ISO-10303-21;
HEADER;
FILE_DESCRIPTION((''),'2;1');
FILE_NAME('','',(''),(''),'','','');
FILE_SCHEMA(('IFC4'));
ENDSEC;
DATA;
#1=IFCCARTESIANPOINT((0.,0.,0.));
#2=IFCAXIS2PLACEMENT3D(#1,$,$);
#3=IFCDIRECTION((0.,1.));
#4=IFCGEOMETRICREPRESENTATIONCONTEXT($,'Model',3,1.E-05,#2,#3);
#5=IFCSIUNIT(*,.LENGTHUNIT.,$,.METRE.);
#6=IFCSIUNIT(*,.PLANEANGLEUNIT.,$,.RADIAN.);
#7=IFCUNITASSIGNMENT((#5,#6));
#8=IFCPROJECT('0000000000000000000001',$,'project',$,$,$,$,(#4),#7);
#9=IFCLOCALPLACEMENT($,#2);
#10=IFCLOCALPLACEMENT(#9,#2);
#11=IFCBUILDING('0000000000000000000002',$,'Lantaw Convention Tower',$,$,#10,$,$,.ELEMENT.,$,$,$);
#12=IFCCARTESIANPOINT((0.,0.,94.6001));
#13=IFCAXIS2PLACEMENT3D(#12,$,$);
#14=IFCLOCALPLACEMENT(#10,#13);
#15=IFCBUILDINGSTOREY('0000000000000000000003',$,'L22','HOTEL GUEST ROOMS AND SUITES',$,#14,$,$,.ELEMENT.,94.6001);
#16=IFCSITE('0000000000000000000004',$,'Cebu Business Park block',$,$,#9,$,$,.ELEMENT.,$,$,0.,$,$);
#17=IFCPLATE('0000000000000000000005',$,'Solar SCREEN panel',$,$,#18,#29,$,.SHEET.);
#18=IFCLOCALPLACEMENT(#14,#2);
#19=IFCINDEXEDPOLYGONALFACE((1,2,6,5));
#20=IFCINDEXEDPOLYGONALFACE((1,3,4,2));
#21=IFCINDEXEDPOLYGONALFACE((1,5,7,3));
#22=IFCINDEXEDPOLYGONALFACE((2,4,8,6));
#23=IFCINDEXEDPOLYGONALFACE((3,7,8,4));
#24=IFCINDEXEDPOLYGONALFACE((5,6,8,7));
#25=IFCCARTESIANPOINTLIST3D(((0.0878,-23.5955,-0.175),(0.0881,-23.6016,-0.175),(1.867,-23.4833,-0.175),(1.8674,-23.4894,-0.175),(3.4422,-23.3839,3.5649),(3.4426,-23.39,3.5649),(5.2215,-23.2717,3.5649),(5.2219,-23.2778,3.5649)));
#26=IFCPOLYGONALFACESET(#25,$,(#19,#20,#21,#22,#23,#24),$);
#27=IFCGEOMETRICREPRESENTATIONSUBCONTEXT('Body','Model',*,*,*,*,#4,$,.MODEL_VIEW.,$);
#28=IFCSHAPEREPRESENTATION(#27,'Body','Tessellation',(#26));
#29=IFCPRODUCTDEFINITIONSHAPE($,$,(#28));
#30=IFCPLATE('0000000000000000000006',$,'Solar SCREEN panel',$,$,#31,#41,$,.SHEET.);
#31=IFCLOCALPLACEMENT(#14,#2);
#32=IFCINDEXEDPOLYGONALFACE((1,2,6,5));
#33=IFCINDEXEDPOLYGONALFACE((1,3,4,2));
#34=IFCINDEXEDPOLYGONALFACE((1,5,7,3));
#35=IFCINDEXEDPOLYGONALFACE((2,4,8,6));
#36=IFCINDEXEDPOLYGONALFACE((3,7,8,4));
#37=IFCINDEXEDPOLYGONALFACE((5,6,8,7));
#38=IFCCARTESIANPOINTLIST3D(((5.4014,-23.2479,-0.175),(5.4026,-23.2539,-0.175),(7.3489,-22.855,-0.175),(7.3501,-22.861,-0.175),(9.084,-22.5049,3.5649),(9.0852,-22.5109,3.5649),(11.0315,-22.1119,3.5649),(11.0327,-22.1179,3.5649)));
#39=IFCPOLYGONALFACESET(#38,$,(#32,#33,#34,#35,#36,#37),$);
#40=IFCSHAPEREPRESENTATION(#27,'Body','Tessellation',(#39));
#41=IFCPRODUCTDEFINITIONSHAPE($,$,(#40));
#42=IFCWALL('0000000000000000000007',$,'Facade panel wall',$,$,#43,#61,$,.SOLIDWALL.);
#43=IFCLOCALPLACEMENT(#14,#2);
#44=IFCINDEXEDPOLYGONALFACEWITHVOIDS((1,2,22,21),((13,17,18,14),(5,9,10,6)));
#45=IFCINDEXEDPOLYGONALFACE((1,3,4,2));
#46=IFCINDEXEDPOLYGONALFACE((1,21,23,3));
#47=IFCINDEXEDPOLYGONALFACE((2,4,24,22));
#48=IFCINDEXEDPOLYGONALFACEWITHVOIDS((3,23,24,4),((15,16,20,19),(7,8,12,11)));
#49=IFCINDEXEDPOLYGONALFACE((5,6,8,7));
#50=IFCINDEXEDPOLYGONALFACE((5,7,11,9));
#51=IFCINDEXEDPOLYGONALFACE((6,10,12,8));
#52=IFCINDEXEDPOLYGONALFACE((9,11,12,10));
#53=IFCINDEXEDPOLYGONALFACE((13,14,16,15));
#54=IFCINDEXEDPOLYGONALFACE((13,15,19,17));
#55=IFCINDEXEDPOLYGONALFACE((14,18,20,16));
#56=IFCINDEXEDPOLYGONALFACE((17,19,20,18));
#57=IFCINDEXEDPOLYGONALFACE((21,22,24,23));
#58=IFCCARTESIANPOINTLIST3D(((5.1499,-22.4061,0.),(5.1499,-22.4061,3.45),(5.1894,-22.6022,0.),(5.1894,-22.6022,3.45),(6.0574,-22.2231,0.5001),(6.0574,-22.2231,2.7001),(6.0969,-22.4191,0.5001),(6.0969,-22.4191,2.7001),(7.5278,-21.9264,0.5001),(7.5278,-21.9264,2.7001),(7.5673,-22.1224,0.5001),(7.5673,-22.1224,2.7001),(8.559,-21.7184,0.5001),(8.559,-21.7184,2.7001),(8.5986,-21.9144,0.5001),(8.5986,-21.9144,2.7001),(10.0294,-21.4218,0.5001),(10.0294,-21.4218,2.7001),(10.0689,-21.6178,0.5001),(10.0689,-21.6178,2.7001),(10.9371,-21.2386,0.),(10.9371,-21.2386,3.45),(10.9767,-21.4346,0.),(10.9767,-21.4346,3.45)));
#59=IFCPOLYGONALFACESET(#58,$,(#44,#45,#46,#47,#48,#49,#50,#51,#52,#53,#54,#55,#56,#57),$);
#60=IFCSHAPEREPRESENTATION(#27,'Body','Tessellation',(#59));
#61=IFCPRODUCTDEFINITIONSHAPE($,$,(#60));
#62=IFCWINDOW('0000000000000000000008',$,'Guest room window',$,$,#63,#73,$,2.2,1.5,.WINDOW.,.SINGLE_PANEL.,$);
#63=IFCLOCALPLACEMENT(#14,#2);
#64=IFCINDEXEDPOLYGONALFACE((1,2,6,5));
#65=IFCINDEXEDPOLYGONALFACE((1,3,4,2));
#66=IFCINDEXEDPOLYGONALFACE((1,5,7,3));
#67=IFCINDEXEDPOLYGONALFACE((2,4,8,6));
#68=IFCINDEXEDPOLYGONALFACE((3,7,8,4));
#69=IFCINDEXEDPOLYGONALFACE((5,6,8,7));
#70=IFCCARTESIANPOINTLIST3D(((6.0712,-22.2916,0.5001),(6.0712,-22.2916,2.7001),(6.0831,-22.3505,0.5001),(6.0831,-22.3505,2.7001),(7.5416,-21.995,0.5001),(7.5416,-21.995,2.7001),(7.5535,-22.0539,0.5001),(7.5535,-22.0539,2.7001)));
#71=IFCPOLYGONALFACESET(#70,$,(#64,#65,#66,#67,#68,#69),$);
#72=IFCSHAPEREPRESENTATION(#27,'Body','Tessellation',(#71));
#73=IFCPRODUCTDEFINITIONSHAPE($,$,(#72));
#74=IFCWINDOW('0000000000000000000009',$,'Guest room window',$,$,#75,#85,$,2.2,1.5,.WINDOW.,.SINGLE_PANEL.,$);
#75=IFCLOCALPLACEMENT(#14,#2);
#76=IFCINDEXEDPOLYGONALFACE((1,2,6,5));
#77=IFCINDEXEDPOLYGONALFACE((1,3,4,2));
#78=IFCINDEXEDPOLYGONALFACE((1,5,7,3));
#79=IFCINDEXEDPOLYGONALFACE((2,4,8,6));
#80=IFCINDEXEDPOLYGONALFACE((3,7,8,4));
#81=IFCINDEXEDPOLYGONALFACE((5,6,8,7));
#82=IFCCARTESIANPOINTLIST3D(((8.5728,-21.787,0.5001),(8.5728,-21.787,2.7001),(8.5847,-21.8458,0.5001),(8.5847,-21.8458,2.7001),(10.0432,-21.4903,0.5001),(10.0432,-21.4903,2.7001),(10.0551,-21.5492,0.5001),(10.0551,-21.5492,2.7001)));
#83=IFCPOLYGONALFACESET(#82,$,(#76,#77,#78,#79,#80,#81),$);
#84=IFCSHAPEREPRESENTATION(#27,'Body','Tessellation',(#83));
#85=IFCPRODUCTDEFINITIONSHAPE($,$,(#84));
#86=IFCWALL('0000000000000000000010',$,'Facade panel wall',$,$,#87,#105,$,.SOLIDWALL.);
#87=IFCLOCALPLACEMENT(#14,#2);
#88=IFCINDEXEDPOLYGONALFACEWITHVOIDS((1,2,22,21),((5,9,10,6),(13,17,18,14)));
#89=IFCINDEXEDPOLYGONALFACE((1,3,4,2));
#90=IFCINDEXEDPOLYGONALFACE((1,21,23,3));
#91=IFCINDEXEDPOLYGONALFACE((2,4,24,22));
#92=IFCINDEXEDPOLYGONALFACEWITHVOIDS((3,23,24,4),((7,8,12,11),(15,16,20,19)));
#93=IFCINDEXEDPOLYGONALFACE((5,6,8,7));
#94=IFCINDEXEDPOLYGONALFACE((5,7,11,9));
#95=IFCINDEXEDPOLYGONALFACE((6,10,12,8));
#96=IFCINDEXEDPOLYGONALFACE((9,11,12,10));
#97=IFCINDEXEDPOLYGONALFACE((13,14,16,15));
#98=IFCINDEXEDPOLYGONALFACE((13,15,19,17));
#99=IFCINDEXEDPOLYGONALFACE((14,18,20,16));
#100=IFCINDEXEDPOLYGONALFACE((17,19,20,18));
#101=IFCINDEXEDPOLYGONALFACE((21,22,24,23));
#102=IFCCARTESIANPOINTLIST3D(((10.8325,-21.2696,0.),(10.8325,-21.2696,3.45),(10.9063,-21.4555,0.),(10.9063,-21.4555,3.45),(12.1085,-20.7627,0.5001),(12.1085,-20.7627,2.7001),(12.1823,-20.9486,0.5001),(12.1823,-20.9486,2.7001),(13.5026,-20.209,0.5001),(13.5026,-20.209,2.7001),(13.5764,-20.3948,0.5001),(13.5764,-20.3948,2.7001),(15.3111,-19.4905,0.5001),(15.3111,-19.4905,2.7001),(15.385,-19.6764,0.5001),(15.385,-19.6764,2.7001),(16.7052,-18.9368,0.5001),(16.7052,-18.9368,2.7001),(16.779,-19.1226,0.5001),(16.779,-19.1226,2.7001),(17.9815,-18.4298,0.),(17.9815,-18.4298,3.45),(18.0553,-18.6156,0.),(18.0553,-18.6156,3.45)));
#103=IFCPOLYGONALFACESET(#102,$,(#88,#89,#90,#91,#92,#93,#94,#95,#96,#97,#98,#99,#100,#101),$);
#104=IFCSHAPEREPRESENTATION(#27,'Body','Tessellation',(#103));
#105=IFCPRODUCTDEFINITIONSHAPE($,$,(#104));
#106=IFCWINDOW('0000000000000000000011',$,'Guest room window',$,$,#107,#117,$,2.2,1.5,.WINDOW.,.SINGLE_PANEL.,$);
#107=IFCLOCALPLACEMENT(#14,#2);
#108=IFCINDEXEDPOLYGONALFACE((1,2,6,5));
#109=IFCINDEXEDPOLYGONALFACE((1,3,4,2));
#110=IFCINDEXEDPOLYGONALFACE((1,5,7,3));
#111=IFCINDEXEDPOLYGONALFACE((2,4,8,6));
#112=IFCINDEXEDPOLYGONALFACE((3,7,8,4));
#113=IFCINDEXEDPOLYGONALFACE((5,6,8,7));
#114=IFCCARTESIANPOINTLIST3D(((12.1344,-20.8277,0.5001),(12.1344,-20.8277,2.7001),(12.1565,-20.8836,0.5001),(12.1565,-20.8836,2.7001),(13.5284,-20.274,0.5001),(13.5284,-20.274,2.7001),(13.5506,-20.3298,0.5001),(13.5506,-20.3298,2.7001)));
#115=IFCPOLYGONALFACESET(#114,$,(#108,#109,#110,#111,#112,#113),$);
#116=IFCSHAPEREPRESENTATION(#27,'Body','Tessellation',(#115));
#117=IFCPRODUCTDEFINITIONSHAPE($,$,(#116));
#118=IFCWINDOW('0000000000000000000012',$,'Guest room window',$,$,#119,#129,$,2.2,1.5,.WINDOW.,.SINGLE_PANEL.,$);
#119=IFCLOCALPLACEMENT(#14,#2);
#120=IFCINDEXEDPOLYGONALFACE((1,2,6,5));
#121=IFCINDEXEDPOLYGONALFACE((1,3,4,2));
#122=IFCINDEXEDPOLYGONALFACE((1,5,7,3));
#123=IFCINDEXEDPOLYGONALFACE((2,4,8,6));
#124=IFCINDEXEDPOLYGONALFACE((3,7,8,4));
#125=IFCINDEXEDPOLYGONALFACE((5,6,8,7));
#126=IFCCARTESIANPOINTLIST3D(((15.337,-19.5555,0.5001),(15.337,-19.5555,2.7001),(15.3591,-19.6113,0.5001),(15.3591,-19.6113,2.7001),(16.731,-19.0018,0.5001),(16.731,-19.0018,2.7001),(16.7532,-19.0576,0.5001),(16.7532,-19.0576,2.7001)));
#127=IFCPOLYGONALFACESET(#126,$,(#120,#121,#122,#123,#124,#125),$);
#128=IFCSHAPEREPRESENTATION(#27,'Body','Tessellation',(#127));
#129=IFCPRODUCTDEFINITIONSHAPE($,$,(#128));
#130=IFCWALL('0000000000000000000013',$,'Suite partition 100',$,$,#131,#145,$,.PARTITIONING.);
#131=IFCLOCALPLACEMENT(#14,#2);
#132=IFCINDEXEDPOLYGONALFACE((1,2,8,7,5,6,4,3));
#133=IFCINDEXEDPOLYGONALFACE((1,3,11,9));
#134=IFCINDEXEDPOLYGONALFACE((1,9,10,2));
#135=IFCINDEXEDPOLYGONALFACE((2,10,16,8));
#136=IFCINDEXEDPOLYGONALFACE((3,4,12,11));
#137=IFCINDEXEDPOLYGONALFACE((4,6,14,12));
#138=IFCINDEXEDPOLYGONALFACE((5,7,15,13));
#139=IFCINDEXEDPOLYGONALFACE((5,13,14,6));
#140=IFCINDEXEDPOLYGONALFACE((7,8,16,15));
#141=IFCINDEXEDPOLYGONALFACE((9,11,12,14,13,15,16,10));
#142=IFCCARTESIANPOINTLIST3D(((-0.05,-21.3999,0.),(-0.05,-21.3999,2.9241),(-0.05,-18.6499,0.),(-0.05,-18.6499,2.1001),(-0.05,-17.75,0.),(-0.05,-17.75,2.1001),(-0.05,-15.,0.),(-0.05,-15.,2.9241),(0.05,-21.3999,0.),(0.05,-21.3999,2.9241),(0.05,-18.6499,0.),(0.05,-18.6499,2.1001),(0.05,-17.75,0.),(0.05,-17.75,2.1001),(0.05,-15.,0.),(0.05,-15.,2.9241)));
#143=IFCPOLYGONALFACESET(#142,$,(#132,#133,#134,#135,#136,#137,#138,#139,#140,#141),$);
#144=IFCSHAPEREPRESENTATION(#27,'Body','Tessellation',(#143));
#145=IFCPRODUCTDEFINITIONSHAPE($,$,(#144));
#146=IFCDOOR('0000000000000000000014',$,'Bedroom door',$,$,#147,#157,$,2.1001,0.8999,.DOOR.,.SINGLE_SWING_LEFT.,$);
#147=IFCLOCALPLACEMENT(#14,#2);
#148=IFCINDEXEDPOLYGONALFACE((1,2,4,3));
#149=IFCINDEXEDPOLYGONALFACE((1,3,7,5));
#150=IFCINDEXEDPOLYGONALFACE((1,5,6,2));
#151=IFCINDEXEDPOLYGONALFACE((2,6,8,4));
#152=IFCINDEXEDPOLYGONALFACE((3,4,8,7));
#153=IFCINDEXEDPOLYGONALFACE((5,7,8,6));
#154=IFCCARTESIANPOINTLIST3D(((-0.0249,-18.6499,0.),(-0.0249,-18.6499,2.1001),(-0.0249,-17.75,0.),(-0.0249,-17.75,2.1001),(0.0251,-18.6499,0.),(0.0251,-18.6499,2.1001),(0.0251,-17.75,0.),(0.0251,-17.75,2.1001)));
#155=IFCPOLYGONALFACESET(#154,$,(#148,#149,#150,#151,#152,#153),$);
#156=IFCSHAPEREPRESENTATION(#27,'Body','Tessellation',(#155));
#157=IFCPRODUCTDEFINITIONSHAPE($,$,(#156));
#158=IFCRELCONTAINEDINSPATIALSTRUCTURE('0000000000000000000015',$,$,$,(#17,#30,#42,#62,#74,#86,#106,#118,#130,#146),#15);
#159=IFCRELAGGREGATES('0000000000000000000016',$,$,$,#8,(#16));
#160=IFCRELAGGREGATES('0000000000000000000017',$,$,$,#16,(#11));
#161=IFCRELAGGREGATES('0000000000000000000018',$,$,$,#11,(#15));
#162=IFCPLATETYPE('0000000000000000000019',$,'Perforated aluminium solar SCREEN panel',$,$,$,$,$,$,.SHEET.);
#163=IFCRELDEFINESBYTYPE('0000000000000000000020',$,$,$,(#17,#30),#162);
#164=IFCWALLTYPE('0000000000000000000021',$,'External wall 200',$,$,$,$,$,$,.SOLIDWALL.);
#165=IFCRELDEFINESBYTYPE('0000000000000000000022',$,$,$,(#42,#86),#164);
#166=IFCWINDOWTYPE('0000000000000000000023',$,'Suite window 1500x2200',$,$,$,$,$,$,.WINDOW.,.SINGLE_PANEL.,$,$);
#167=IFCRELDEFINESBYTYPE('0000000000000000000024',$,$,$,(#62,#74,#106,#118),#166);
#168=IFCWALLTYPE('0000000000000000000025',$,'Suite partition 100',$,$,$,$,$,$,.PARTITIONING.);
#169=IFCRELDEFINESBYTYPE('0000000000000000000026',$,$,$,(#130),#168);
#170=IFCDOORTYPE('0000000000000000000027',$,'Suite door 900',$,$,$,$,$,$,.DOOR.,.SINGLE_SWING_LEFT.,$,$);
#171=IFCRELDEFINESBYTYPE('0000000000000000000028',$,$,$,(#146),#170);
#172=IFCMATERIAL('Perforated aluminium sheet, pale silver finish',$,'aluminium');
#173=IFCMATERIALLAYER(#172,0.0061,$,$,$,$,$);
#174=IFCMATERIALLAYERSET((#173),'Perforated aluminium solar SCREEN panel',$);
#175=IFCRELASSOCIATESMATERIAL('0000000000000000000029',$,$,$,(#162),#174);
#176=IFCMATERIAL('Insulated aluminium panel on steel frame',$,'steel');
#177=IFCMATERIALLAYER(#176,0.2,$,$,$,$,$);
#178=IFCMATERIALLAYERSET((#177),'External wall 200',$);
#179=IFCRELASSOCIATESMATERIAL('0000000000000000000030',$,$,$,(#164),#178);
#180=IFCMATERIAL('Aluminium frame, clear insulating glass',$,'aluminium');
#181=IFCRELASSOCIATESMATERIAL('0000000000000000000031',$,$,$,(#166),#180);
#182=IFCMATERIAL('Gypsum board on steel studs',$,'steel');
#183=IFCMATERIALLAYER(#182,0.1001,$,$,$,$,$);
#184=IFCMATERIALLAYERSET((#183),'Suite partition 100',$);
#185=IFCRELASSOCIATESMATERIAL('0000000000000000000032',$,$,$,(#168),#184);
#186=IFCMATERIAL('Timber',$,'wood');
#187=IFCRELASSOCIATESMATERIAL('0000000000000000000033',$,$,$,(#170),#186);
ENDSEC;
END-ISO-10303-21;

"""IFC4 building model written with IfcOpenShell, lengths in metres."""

from ifc_helpers import new_model, si_unit, direction, frame, frame_2d, origin, place, context, subcontext, project, spatial, polyline, rectangle, outline, extrude, material, layer, layer_set, type_object, element, fill, save


model = new_model("IFC4")

# Units and contexts
model_context = context("Model", 3, precision=1e-05, world=origin(), true_north=direction((0.0, 1.0)))
body_context = subcontext(model_context, "Body", "Model", "MODEL_VIEW")
ifc_project = project(units=[si_unit("LENGTHUNIT", "METRE"), si_unit("PLANEANGLEUNIT", "RADIAN")], contexts=[model_context])

# Site, building, storey
site_placement = place(None, origin())
site = spatial("IfcSite", under=ifc_project, at=site_placement, Name="Cebu Business Park block", CompositionType="ELEMENT", RefElevation=0.0)
building_placement = place(site_placement, origin())
building = spatial("IfcBuilding", under=site, at=building_placement, Name="Lantaw Convention Tower", CompositionType="ELEMENT")
storey_placement = place(building_placement, frame((0.0, 0.0, 94.6001)))
storey = spatial("IfcBuildingStorey", under=building, at=storey_placement, Name="L22", Description="HOTEL GUEST ROOMS AND SUITES", CompositionType="ELEMENT", Elevation=94.6001)

# Plates
ifc_material_1 = material(Name="Perforated aluminium sheet, pale silver finish", Category="aluminium")
ifc_layer_1 = layer(ifc_material_1, 0.0061)
ifc_layer_set_1 = layer_set([ifc_layer_1], Name="Perforated aluminium solar SCREEN panel")
plate_type = type_object("IfcPlateType", Name="Perforated aluminium solar SCREEN panel", PredefinedType="SHEET", material=ifc_layer_set_1)
plate_1_placement = place(storey_placement, frame((0.0881, -23.6016, -0.175), z_axis=(0.062924, -0.998018, 0.000014), x_axis=(0.998018, 0.062924, 0.0)))
element("IfcPlate", 1, at=plate_1_placement, inside=storey, type_object=plate_type, Name="Solar SCREEN panel", PredefinedType="SHEET", context=body_context, shape_type="SweptSolid", body=[
    extrude(outline(polyline([(0.0, 0.0), (1.7828, 0.0), (5.144, 3.74), (3.3611, 3.74), (0.0, 0.0)])), origin(), (0.0, 0.0, -1.0), 0.0061),
])
plate_2_placement = place(storey_placement, frame((5.4026, -23.2539, -0.175), z_axis=(0.197782, -0.980246, 0.000002), x_axis=(0.980246, 0.197782, 0.0)))
element("IfcPlate", 2, at=plate_2_placement, inside=storey, type_object=plate_type, Name="Solar SCREEN panel", PredefinedType="SHEET", context=body_context, shape_type="SweptSolid", body=[
    extrude(outline(polyline([(0.0, 0.0), (1.9867, 0.0), (5.7436, 3.74), (3.7568, 3.74), (0.0, 0.0)])), origin(), (0.0, 0.0, -1.0), 0.0061),
])

# Walls, openings, windows
ifc_material_2 = material(Name="Insulated aluminium panel on steel frame", Category="steel")
ifc_layer_2 = layer(ifc_material_2, 0.2)
ifc_layer_set_2 = layer_set([ifc_layer_2], Name="External wall 200")
wall_type_1 = type_object("IfcWallType", Name="External wall 200", PredefinedType="SOLIDWALL", material=ifc_layer_set_2)
wall_1_placement = place(storey_placement, frame((5.1697, -22.5042, 0.0), z_axis=(0.0, 0.0, 1.0), x_axis=(0.980252, 0.197754, 0.0)))
wall_1 = element("IfcWall", 3, at=wall_1_placement, inside=storey, type_object=wall_type_1, Name="Facade panel wall", PredefinedType="SOLIDWALL", context=body_context, shape_type="SweptSolid", body=[
    extrude(rectangle(XDim=5.9038, YDim=0.2, at=frame_2d((2.9519, 0.0))), origin(), (0.0, 0.0, 1.0), 3.45),
])
opening_1_placement = place(wall_1_placement, frame((0.9258, 0.0, 0.5)))
opening_1 = element("IfcOpeningElement", 4, at=opening_1_placement, cuts=wall_1, PredefinedType="OPENING", context=body_context, shape_type="SweptSolid", body=[
    extrude(rectangle(XDim=1.5, YDim=2.2, at=frame_2d((0.75, 1.1001))), frame((0.0, 0.1099, 0.0), z_axis=(0.0, -1.0, 0.0), x_axis=(1.0, 0.0, 0.0)), (0.0, 0.0, 1.0), 0.22),
])
opening_2_placement = place(wall_1_placement, frame((3.4778, 0.0, 0.5)))
opening_2 = element("IfcOpeningElement", 5, at=opening_2_placement, cuts=wall_1, PredefinedType="OPENING", context=body_context, shape_type="SweptSolid", body=[
    extrude(rectangle(XDim=1.5, YDim=2.2, at=frame_2d((0.75, 1.1001))), frame((0.0, 0.1099, 0.0), z_axis=(0.0, -1.0, 0.0), x_axis=(1.0, 0.0, 0.0)), (0.0, 0.0, 1.0), 0.22),
])
ifc_material_3 = material(Name="Aluminium frame, clear insulating glass", Category="aluminium")
window_type = type_object("IfcWindowType", Name="Suite window 1500x2200", PartitioningType="SINGLE_PANEL", PredefinedType="WINDOW", material=ifc_material_3)
window_1_placement = place(opening_1_placement, origin())
window_1 = element("IfcWindow", 6, at=window_1_placement, inside=storey, type_object=window_type, Name="Guest room window", OverallHeight=2.2, OverallWidth=1.5, PartitioningType="SINGLE_PANEL", PredefinedType="WINDOW", context=body_context, shape_type="SweptSolid", body=[
    extrude(rectangle(XDim=1.5, YDim=2.2, at=frame_2d((0.75, 1.1001))), frame((0.0, 0.03, 0.0), z_axis=(0.0, -1.0, 0.0), x_axis=(1.0, 0.0, 0.0)), (0.0, 0.0, 1.0), 0.0601),
])
fill(opening_1, window_1)
window_2_placement = place(opening_2_placement, origin())
window_2 = element("IfcWindow", 7, at=window_2_placement, inside=storey, type_object=window_type, Name="Guest room window", OverallHeight=2.2, OverallWidth=1.5, PartitioningType="SINGLE_PANEL", PredefinedType="WINDOW", context=body_context, shape_type="SweptSolid", body=[
    extrude(rectangle(XDim=1.5, YDim=2.2, at=frame_2d((0.75, 1.1001))), frame((0.0, 0.03, 0.0), z_axis=(0.0, -1.0, 0.0), x_axis=(1.0, 0.0, 0.0)), (0.0, 0.0, 1.0), 0.0601),
])
fill(opening_2, window_2)
wall_2_placement = place(storey_placement, frame((10.8694, -21.3625, 0.0), z_axis=(0.0, 0.0, 1.0), x_axis=(0.929358, 0.369179, 0.0)))
wall_2 = element("IfcWall", 8, at=wall_2_placement, inside=storey, type_object=wall_type_1, Name="Facade panel wall", PredefinedType="SOLIDWALL", context=body_context, shape_type="SweptSolid", body=[
    extrude(rectangle(XDim=7.6924, YDim=0.2, at=frame_2d((3.8462, 0.0))), origin(), (0.0, 0.0, 1.0), 3.45),
])
opening_3_placement = place(wall_2_placement, frame((1.373, 0.0, 0.5)))
opening_3 = element("IfcOpeningElement", 9, at=opening_3_placement, cuts=wall_2, PredefinedType="OPENING", context=body_context, shape_type="SweptSolid", body=[
    extrude(rectangle(XDim=1.5, YDim=2.2, at=frame_2d((0.75, 1.1001))), frame((0.0, 0.1099, 0.0), z_axis=(0.0, -1.0, 0.0), x_axis=(1.0, 0.0, 0.0)), (0.0, 0.0, 1.0), 0.22),
])
opening_4_placement = place(wall_2_placement, frame((4.8191, 0.0, 0.5)))
opening_4 = element("IfcOpeningElement", 10, at=opening_4_placement, cuts=wall_2, PredefinedType="OPENING", context=body_context, shape_type="SweptSolid", body=[
    extrude(rectangle(XDim=1.5, YDim=2.2, at=frame_2d((0.75, 1.1001))), frame((0.0, 0.1099, 0.0), z_axis=(0.0, -1.0, 0.0), x_axis=(1.0, 0.0, 0.0)), (0.0, 0.0, 1.0), 0.22),
])
window_3_placement = place(opening_3_placement, origin())
window_3 = element("IfcWindow", 11, at=window_3_placement, inside=storey, type_object=window_type, Name="Guest room window", OverallHeight=2.2, OverallWidth=1.5, PartitioningType="SINGLE_PANEL", PredefinedType="WINDOW", context=body_context, shape_type="SweptSolid", body=[
    extrude(rectangle(XDim=1.5, YDim=2.2, at=frame_2d((0.75, 1.1001))), frame((0.0, 0.03, 0.0), z_axis=(0.0, -1.0, 0.0), x_axis=(1.0, 0.0, 0.0)), (0.0, 0.0, 1.0), 0.0601),
])
fill(opening_3, window_3)
window_4_placement = place(opening_4_placement, origin())
window_4 = element("IfcWindow", 12, at=window_4_placement, inside=storey, type_object=window_type, Name="Guest room window", OverallHeight=2.2, OverallWidth=1.5, PartitioningType="SINGLE_PANEL", PredefinedType="WINDOW", context=body_context, shape_type="SweptSolid", body=[
    extrude(rectangle(XDim=1.5, YDim=2.2, at=frame_2d((0.75, 1.1001))), frame((0.0, 0.03, 0.0), z_axis=(0.0, -1.0, 0.0), x_axis=(1.0, 0.0, 0.0)), (0.0, 0.0, 1.0), 0.0601),
])
fill(opening_4, window_4)

# Wall, opening, door
ifc_material_4 = material(Name="Gypsum board on steel studs", Category="steel")
ifc_layer_3 = layer(ifc_material_4, 0.1001)
ifc_layer_set_3 = layer_set([ifc_layer_3], Name="Suite partition 100")
wall_type_2 = type_object("IfcWallType", Name="Suite partition 100", PredefinedType="PARTITIONING", material=ifc_layer_set_3)
wall_3_placement = place(storey_placement, frame((0.0, -21.3999, 0.0), z_axis=(0.0, 0.0, 1.0), x_axis=(0.0, 1.0, 0.0)))
wall_3 = element("IfcWall", 13, at=wall_3_placement, inside=storey, type_object=wall_type_2, Name="Suite partition 100", PredefinedType="PARTITIONING", context=body_context, shape_type="SweptSolid", body=[
    extrude(rectangle(XDim=6.3999, YDim=0.1001, at=frame_2d((3.2, 0.0))), origin(), (0.0, 0.0, 1.0), 2.9241),
])
opening_5_placement = place(wall_3_placement, frame((2.75, 0.0, 0.0)))
opening_5 = element("IfcOpeningElement", 14, at=opening_5_placement, cuts=wall_3, PredefinedType="OPENING", context=body_context, shape_type="SweptSolid", body=[
    extrude(rectangle(XDim=0.8999, YDim=2.1001, at=frame_2d((0.45, 1.05))), frame((0.0, 0.0601, 0.0), z_axis=(0.0, -1.0, 0.0), x_axis=(1.0, 0.0, 0.0)), (0.0, 0.0, 1.0), 0.1201),
])
ifc_material_5 = material(Name="Timber", Category="wood")
door_type = type_object("IfcDoorType", Name="Suite door 900", OperationType="SINGLE_SWING_LEFT", PredefinedType="DOOR", material=ifc_material_5)
door_1_placement = place(opening_5_placement, origin())
door_1 = element("IfcDoor", 15, at=door_1_placement, inside=storey, type_object=door_type, Name="Bedroom door", OperationType="SINGLE_SWING_LEFT", OverallHeight=2.1001, OverallWidth=0.8999, PredefinedType="DOOR", context=body_context, shape_type="SweptSolid", body=[
    extrude(rectangle(XDim=0.8999, YDim=2.1001, at=frame_2d((0.45, 1.05))), frame((0.0, 0.0249, 0.0), z_axis=(0.0, -1.0, 0.0), x_axis=(1.0, 0.0, 0.0)), (0.0, 0.0, 1.0), 0.05),
])
fill(opening_5, door_1)

save(model, "model.ifc")
